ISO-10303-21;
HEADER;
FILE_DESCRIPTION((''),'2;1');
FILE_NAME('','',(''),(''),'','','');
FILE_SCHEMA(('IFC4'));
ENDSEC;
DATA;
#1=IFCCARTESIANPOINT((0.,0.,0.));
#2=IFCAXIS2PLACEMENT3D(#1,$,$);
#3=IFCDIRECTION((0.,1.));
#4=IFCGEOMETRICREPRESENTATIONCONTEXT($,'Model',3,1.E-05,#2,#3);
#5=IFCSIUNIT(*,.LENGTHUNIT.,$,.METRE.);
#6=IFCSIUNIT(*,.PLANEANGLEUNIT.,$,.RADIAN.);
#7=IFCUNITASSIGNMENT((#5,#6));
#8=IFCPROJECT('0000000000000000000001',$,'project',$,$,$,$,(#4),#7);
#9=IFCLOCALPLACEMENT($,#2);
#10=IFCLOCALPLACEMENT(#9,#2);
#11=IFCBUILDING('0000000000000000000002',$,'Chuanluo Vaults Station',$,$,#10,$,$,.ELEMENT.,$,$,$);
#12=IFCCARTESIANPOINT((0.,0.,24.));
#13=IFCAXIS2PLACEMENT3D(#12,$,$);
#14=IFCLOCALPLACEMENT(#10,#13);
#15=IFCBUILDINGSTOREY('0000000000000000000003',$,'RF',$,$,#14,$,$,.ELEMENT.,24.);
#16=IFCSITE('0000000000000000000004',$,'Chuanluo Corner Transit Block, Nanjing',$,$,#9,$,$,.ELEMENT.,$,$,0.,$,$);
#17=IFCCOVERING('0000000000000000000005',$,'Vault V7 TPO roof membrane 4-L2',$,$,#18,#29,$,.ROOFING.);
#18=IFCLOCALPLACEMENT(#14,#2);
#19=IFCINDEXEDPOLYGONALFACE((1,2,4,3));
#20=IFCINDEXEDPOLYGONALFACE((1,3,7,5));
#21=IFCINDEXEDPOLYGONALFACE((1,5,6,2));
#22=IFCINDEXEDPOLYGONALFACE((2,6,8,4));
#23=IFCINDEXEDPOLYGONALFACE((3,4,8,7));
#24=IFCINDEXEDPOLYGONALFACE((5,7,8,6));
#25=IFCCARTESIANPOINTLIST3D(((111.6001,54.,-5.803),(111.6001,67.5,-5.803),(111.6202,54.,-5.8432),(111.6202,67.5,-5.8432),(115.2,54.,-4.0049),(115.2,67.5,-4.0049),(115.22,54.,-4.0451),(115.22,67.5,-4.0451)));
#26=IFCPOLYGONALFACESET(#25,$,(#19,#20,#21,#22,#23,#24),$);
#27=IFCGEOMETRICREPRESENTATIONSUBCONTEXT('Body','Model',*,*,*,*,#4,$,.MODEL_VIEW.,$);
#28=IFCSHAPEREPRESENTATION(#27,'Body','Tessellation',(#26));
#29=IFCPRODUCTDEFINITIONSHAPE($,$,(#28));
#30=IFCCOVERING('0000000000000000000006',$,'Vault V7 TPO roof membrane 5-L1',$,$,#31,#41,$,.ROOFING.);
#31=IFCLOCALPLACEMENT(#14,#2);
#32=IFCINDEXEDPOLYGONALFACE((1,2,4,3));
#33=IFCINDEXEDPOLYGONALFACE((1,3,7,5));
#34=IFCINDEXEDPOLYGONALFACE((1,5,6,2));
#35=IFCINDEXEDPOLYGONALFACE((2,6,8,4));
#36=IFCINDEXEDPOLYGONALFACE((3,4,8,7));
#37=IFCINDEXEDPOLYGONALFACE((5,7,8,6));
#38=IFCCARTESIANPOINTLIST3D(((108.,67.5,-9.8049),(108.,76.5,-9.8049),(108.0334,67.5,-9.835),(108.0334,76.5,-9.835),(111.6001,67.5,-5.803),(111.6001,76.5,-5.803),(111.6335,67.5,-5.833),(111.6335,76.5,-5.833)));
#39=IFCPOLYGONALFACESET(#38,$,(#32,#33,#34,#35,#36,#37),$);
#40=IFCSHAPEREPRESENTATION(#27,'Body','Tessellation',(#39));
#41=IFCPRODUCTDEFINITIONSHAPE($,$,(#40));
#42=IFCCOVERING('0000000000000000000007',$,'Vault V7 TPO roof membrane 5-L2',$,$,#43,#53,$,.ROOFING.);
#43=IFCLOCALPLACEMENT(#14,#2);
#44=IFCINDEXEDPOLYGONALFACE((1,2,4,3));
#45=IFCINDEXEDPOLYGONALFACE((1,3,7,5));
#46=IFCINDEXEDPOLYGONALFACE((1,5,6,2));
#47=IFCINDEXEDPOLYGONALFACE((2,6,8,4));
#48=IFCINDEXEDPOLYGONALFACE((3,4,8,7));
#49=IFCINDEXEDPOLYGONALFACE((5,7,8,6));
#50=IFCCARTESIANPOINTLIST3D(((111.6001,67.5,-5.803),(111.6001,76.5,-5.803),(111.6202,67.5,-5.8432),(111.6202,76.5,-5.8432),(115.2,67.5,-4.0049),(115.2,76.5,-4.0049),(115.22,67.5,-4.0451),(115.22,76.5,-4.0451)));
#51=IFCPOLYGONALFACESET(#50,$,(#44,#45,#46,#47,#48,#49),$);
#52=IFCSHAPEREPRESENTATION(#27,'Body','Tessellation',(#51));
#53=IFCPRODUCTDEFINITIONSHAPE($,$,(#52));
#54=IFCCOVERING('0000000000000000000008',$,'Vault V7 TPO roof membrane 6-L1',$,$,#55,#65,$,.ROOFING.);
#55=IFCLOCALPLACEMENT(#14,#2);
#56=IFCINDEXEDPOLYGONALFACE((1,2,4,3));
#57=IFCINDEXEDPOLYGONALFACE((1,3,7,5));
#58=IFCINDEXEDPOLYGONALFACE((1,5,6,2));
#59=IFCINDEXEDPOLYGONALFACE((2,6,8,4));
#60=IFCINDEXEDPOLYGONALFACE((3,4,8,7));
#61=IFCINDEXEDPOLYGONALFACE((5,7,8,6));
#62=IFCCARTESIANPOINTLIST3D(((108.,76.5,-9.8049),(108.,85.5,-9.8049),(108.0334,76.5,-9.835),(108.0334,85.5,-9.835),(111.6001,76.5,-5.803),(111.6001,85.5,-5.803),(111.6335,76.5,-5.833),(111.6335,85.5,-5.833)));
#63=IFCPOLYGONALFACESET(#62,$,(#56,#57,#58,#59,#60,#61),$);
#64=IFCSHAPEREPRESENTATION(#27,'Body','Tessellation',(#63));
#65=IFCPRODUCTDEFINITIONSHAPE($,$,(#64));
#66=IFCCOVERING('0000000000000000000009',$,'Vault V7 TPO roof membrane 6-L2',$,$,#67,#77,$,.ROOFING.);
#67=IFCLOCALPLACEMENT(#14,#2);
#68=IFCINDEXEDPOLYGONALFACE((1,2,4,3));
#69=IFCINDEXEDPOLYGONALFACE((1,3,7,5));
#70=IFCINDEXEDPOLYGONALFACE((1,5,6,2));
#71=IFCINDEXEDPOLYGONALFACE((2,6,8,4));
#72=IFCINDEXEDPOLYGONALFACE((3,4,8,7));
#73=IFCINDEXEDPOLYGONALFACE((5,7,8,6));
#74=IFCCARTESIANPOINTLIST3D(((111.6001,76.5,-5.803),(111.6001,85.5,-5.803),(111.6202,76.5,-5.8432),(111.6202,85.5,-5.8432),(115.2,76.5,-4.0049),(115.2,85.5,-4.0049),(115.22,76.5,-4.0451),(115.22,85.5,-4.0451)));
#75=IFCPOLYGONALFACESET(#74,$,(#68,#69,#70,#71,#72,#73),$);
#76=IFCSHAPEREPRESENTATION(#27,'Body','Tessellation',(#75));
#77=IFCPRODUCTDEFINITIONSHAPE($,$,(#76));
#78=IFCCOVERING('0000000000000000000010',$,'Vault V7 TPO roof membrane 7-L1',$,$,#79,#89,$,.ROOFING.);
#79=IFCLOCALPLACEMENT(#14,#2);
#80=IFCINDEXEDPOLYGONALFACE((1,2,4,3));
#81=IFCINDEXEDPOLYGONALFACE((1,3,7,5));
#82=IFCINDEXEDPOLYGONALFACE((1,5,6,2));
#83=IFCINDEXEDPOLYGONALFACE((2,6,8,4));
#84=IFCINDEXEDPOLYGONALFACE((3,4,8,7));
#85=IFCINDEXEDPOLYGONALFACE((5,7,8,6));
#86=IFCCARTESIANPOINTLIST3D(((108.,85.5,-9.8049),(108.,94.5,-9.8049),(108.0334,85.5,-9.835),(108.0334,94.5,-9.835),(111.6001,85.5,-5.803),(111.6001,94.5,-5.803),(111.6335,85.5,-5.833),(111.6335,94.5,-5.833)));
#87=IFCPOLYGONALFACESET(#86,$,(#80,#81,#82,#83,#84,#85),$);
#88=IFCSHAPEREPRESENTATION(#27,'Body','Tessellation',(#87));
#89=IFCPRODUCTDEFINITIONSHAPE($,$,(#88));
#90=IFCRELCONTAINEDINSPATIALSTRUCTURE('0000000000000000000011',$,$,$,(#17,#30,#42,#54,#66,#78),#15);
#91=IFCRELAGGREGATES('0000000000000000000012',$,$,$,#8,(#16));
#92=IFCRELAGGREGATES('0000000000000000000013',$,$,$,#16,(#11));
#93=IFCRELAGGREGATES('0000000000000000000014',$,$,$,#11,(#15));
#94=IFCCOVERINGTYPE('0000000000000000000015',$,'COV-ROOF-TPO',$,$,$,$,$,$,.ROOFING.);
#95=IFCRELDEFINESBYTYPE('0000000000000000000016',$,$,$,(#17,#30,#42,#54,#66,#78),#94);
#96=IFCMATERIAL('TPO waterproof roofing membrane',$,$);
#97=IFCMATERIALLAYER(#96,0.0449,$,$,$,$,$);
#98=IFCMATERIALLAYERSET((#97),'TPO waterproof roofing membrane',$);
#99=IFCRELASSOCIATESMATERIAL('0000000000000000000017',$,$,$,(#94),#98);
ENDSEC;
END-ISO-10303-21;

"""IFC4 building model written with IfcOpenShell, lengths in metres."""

from ifc_helpers import new_model, si_unit, direction, frame, origin, place, context, subcontext, project, spatial, polyline, outline, extrude, material, layer, layer_set, type_object, element, save


model = new_model("IFC4")

# Units and contexts
model_context = context("Model", 3, precision=1e-05, world=origin(), true_north=direction((0.0, 1.0)))
body_context = subcontext(model_context, "Body", "Model", "MODEL_VIEW")
ifc_project = project(units=[si_unit("LENGTHUNIT", "METRE"), si_unit("PLANEANGLEUNIT", "RADIAN")], contexts=[model_context])

# Site, building, storey
site_placement = place(None, origin())
site = spatial("IfcSite", under=ifc_project, at=site_placement, Name="Chuanluo Corner Transit Block, Nanjing", CompositionType="ELEMENT", RefElevation=0.0)
building_placement = place(site_placement, origin())
building = spatial("IfcBuilding", under=site, at=building_placement, Name="Chuanluo Vaults Station", CompositionType="ELEMENT")
storey_placement = place(building_placement, frame((0.0, 0.0, 24.0)))
storey = spatial("IfcBuildingStorey", under=building, at=storey_placement, Name="RF", CompositionType="ELEMENT", Elevation=24.0)

# Coverings
ifc_material_1 = material(Name="TPO waterproof roofing membrane")
ifc_layer_1 = layer(ifc_material_1, 0.0449)
ifc_layer_set_1 = layer_set([ifc_layer_1], Name="TPO waterproof roofing membrane")
covering_type = type_object("IfcCoveringType", Name="COV-ROOF-TPO", PredefinedType="ROOFING", material=ifc_layer_set_1)
covering_1_placement = place(storey_placement, frame((111.6001, 54.0, -5.803), z_axis=(-0.44685, 0.0, 0.894609), x_axis=(0.894609, 0.0, 0.44685)))
element("IfcCovering", 1, at=covering_1_placement, inside=storey, type_object=covering_type, Name="Vault V7 TPO roof membrane 4-L2", PredefinedType="ROOFING", context=body_context, shape_type="SweptSolid", body=[
    extrude(outline(polyline([(0.0, 0.0), (4.0239, 0.0), (4.0239, 13.5), (0.0, 13.5), (0.0, 0.0)])), origin(), (0.0, 0.0, -1.0), 0.0449),
])
covering_2_placement = place(storey_placement, frame((108.0, 67.5, -9.8049), z_axis=(-0.743447, 0.0, 0.668794), x_axis=(0.668794, 0.0, 0.743447)))
element("IfcCovering", 2, at=covering_2_placement, inside=storey, type_object=covering_type, Name="Vault V7 TPO roof membrane 5-L1", PredefinedType="ROOFING", context=body_context, shape_type="SweptSolid", body=[
    extrude(outline(polyline([(0.0, 0.0), (5.383, 0.0), (5.383, 9.0), (0.0, 9.0), (0.0, 0.0)])), origin(), (0.0, 0.0, -1.0), 0.0449),
])
covering_3_placement = place(storey_placement, frame((111.6001, 67.5, -5.803), z_axis=(-0.44685, 0.0, 0.894609), x_axis=(0.894609, 0.0, 0.44685)))
element("IfcCovering", 3, at=covering_3_placement, inside=storey, type_object=covering_type, Name="Vault V7 TPO roof membrane 5-L2", PredefinedType="ROOFING", context=body_context, shape_type="SweptSolid", body=[
    extrude(outline(polyline([(0.0, 0.0), (4.0239, 0.0), (4.0239, 9.0), (0.0, 9.0), (0.0, 0.0)])), origin(), (0.0, 0.0, -1.0), 0.0449),
])
covering_4_placement = place(storey_placement, frame((108.0, 76.5, -9.8049), z_axis=(-0.743447, 0.0, 0.668794), x_axis=(0.668794, 0.0, 0.743447)))
element("IfcCovering", 4, at=covering_4_placement, inside=storey, type_object=covering_type, Name="Vault V7 TPO roof membrane 6-L1", PredefinedType="ROOFING", context=body_context, shape_type="SweptSolid", body=[
    extrude(outline(polyline([(0.0, 0.0), (5.383, 0.0), (5.383, 9.0), (0.0, 9.0), (0.0, 0.0)])), origin(), (0.0, 0.0, -1.0), 0.0449),
])
covering_5_placement = place(storey_placement, frame((111.6001, 76.5, -5.803), z_axis=(-0.44685, 0.0, 0.894609), x_axis=(0.894609, 0.0, 0.44685)))
element("IfcCovering", 5, at=covering_5_placement, inside=storey, type_object=covering_type, Name="Vault V7 TPO roof membrane 6-L2", PredefinedType="ROOFING", context=body_context, shape_type="SweptSolid", body=[
    extrude(outline(polyline([(0.0, 0.0), (4.0239, 0.0), (4.0239, 9.0), (0.0, 9.0), (0.0, 0.0)])), origin(), (0.0, 0.0, -1.0), 0.0449),
])
covering_6_placement = place(storey_placement, frame((108.0, 85.5, -9.8049), z_axis=(-0.743447, 0.0, 0.668794), x_axis=(0.668794, 0.0, 0.743447)))
element("IfcCovering", 6, at=covering_6_placement, inside=storey, type_object=covering_type, Name="Vault V7 TPO roof membrane 7-L1", PredefinedType="ROOFING", context=body_context, shape_type="SweptSolid", body=[
    extrude(outline(polyline([(0.0, 0.0), (5.383, 0.0), (5.383, 9.0), (0.0, 9.0), (0.0, 0.0)])), origin(), (0.0, 0.0, -1.0), 0.0449),
])

save(model, "model.ifc")
